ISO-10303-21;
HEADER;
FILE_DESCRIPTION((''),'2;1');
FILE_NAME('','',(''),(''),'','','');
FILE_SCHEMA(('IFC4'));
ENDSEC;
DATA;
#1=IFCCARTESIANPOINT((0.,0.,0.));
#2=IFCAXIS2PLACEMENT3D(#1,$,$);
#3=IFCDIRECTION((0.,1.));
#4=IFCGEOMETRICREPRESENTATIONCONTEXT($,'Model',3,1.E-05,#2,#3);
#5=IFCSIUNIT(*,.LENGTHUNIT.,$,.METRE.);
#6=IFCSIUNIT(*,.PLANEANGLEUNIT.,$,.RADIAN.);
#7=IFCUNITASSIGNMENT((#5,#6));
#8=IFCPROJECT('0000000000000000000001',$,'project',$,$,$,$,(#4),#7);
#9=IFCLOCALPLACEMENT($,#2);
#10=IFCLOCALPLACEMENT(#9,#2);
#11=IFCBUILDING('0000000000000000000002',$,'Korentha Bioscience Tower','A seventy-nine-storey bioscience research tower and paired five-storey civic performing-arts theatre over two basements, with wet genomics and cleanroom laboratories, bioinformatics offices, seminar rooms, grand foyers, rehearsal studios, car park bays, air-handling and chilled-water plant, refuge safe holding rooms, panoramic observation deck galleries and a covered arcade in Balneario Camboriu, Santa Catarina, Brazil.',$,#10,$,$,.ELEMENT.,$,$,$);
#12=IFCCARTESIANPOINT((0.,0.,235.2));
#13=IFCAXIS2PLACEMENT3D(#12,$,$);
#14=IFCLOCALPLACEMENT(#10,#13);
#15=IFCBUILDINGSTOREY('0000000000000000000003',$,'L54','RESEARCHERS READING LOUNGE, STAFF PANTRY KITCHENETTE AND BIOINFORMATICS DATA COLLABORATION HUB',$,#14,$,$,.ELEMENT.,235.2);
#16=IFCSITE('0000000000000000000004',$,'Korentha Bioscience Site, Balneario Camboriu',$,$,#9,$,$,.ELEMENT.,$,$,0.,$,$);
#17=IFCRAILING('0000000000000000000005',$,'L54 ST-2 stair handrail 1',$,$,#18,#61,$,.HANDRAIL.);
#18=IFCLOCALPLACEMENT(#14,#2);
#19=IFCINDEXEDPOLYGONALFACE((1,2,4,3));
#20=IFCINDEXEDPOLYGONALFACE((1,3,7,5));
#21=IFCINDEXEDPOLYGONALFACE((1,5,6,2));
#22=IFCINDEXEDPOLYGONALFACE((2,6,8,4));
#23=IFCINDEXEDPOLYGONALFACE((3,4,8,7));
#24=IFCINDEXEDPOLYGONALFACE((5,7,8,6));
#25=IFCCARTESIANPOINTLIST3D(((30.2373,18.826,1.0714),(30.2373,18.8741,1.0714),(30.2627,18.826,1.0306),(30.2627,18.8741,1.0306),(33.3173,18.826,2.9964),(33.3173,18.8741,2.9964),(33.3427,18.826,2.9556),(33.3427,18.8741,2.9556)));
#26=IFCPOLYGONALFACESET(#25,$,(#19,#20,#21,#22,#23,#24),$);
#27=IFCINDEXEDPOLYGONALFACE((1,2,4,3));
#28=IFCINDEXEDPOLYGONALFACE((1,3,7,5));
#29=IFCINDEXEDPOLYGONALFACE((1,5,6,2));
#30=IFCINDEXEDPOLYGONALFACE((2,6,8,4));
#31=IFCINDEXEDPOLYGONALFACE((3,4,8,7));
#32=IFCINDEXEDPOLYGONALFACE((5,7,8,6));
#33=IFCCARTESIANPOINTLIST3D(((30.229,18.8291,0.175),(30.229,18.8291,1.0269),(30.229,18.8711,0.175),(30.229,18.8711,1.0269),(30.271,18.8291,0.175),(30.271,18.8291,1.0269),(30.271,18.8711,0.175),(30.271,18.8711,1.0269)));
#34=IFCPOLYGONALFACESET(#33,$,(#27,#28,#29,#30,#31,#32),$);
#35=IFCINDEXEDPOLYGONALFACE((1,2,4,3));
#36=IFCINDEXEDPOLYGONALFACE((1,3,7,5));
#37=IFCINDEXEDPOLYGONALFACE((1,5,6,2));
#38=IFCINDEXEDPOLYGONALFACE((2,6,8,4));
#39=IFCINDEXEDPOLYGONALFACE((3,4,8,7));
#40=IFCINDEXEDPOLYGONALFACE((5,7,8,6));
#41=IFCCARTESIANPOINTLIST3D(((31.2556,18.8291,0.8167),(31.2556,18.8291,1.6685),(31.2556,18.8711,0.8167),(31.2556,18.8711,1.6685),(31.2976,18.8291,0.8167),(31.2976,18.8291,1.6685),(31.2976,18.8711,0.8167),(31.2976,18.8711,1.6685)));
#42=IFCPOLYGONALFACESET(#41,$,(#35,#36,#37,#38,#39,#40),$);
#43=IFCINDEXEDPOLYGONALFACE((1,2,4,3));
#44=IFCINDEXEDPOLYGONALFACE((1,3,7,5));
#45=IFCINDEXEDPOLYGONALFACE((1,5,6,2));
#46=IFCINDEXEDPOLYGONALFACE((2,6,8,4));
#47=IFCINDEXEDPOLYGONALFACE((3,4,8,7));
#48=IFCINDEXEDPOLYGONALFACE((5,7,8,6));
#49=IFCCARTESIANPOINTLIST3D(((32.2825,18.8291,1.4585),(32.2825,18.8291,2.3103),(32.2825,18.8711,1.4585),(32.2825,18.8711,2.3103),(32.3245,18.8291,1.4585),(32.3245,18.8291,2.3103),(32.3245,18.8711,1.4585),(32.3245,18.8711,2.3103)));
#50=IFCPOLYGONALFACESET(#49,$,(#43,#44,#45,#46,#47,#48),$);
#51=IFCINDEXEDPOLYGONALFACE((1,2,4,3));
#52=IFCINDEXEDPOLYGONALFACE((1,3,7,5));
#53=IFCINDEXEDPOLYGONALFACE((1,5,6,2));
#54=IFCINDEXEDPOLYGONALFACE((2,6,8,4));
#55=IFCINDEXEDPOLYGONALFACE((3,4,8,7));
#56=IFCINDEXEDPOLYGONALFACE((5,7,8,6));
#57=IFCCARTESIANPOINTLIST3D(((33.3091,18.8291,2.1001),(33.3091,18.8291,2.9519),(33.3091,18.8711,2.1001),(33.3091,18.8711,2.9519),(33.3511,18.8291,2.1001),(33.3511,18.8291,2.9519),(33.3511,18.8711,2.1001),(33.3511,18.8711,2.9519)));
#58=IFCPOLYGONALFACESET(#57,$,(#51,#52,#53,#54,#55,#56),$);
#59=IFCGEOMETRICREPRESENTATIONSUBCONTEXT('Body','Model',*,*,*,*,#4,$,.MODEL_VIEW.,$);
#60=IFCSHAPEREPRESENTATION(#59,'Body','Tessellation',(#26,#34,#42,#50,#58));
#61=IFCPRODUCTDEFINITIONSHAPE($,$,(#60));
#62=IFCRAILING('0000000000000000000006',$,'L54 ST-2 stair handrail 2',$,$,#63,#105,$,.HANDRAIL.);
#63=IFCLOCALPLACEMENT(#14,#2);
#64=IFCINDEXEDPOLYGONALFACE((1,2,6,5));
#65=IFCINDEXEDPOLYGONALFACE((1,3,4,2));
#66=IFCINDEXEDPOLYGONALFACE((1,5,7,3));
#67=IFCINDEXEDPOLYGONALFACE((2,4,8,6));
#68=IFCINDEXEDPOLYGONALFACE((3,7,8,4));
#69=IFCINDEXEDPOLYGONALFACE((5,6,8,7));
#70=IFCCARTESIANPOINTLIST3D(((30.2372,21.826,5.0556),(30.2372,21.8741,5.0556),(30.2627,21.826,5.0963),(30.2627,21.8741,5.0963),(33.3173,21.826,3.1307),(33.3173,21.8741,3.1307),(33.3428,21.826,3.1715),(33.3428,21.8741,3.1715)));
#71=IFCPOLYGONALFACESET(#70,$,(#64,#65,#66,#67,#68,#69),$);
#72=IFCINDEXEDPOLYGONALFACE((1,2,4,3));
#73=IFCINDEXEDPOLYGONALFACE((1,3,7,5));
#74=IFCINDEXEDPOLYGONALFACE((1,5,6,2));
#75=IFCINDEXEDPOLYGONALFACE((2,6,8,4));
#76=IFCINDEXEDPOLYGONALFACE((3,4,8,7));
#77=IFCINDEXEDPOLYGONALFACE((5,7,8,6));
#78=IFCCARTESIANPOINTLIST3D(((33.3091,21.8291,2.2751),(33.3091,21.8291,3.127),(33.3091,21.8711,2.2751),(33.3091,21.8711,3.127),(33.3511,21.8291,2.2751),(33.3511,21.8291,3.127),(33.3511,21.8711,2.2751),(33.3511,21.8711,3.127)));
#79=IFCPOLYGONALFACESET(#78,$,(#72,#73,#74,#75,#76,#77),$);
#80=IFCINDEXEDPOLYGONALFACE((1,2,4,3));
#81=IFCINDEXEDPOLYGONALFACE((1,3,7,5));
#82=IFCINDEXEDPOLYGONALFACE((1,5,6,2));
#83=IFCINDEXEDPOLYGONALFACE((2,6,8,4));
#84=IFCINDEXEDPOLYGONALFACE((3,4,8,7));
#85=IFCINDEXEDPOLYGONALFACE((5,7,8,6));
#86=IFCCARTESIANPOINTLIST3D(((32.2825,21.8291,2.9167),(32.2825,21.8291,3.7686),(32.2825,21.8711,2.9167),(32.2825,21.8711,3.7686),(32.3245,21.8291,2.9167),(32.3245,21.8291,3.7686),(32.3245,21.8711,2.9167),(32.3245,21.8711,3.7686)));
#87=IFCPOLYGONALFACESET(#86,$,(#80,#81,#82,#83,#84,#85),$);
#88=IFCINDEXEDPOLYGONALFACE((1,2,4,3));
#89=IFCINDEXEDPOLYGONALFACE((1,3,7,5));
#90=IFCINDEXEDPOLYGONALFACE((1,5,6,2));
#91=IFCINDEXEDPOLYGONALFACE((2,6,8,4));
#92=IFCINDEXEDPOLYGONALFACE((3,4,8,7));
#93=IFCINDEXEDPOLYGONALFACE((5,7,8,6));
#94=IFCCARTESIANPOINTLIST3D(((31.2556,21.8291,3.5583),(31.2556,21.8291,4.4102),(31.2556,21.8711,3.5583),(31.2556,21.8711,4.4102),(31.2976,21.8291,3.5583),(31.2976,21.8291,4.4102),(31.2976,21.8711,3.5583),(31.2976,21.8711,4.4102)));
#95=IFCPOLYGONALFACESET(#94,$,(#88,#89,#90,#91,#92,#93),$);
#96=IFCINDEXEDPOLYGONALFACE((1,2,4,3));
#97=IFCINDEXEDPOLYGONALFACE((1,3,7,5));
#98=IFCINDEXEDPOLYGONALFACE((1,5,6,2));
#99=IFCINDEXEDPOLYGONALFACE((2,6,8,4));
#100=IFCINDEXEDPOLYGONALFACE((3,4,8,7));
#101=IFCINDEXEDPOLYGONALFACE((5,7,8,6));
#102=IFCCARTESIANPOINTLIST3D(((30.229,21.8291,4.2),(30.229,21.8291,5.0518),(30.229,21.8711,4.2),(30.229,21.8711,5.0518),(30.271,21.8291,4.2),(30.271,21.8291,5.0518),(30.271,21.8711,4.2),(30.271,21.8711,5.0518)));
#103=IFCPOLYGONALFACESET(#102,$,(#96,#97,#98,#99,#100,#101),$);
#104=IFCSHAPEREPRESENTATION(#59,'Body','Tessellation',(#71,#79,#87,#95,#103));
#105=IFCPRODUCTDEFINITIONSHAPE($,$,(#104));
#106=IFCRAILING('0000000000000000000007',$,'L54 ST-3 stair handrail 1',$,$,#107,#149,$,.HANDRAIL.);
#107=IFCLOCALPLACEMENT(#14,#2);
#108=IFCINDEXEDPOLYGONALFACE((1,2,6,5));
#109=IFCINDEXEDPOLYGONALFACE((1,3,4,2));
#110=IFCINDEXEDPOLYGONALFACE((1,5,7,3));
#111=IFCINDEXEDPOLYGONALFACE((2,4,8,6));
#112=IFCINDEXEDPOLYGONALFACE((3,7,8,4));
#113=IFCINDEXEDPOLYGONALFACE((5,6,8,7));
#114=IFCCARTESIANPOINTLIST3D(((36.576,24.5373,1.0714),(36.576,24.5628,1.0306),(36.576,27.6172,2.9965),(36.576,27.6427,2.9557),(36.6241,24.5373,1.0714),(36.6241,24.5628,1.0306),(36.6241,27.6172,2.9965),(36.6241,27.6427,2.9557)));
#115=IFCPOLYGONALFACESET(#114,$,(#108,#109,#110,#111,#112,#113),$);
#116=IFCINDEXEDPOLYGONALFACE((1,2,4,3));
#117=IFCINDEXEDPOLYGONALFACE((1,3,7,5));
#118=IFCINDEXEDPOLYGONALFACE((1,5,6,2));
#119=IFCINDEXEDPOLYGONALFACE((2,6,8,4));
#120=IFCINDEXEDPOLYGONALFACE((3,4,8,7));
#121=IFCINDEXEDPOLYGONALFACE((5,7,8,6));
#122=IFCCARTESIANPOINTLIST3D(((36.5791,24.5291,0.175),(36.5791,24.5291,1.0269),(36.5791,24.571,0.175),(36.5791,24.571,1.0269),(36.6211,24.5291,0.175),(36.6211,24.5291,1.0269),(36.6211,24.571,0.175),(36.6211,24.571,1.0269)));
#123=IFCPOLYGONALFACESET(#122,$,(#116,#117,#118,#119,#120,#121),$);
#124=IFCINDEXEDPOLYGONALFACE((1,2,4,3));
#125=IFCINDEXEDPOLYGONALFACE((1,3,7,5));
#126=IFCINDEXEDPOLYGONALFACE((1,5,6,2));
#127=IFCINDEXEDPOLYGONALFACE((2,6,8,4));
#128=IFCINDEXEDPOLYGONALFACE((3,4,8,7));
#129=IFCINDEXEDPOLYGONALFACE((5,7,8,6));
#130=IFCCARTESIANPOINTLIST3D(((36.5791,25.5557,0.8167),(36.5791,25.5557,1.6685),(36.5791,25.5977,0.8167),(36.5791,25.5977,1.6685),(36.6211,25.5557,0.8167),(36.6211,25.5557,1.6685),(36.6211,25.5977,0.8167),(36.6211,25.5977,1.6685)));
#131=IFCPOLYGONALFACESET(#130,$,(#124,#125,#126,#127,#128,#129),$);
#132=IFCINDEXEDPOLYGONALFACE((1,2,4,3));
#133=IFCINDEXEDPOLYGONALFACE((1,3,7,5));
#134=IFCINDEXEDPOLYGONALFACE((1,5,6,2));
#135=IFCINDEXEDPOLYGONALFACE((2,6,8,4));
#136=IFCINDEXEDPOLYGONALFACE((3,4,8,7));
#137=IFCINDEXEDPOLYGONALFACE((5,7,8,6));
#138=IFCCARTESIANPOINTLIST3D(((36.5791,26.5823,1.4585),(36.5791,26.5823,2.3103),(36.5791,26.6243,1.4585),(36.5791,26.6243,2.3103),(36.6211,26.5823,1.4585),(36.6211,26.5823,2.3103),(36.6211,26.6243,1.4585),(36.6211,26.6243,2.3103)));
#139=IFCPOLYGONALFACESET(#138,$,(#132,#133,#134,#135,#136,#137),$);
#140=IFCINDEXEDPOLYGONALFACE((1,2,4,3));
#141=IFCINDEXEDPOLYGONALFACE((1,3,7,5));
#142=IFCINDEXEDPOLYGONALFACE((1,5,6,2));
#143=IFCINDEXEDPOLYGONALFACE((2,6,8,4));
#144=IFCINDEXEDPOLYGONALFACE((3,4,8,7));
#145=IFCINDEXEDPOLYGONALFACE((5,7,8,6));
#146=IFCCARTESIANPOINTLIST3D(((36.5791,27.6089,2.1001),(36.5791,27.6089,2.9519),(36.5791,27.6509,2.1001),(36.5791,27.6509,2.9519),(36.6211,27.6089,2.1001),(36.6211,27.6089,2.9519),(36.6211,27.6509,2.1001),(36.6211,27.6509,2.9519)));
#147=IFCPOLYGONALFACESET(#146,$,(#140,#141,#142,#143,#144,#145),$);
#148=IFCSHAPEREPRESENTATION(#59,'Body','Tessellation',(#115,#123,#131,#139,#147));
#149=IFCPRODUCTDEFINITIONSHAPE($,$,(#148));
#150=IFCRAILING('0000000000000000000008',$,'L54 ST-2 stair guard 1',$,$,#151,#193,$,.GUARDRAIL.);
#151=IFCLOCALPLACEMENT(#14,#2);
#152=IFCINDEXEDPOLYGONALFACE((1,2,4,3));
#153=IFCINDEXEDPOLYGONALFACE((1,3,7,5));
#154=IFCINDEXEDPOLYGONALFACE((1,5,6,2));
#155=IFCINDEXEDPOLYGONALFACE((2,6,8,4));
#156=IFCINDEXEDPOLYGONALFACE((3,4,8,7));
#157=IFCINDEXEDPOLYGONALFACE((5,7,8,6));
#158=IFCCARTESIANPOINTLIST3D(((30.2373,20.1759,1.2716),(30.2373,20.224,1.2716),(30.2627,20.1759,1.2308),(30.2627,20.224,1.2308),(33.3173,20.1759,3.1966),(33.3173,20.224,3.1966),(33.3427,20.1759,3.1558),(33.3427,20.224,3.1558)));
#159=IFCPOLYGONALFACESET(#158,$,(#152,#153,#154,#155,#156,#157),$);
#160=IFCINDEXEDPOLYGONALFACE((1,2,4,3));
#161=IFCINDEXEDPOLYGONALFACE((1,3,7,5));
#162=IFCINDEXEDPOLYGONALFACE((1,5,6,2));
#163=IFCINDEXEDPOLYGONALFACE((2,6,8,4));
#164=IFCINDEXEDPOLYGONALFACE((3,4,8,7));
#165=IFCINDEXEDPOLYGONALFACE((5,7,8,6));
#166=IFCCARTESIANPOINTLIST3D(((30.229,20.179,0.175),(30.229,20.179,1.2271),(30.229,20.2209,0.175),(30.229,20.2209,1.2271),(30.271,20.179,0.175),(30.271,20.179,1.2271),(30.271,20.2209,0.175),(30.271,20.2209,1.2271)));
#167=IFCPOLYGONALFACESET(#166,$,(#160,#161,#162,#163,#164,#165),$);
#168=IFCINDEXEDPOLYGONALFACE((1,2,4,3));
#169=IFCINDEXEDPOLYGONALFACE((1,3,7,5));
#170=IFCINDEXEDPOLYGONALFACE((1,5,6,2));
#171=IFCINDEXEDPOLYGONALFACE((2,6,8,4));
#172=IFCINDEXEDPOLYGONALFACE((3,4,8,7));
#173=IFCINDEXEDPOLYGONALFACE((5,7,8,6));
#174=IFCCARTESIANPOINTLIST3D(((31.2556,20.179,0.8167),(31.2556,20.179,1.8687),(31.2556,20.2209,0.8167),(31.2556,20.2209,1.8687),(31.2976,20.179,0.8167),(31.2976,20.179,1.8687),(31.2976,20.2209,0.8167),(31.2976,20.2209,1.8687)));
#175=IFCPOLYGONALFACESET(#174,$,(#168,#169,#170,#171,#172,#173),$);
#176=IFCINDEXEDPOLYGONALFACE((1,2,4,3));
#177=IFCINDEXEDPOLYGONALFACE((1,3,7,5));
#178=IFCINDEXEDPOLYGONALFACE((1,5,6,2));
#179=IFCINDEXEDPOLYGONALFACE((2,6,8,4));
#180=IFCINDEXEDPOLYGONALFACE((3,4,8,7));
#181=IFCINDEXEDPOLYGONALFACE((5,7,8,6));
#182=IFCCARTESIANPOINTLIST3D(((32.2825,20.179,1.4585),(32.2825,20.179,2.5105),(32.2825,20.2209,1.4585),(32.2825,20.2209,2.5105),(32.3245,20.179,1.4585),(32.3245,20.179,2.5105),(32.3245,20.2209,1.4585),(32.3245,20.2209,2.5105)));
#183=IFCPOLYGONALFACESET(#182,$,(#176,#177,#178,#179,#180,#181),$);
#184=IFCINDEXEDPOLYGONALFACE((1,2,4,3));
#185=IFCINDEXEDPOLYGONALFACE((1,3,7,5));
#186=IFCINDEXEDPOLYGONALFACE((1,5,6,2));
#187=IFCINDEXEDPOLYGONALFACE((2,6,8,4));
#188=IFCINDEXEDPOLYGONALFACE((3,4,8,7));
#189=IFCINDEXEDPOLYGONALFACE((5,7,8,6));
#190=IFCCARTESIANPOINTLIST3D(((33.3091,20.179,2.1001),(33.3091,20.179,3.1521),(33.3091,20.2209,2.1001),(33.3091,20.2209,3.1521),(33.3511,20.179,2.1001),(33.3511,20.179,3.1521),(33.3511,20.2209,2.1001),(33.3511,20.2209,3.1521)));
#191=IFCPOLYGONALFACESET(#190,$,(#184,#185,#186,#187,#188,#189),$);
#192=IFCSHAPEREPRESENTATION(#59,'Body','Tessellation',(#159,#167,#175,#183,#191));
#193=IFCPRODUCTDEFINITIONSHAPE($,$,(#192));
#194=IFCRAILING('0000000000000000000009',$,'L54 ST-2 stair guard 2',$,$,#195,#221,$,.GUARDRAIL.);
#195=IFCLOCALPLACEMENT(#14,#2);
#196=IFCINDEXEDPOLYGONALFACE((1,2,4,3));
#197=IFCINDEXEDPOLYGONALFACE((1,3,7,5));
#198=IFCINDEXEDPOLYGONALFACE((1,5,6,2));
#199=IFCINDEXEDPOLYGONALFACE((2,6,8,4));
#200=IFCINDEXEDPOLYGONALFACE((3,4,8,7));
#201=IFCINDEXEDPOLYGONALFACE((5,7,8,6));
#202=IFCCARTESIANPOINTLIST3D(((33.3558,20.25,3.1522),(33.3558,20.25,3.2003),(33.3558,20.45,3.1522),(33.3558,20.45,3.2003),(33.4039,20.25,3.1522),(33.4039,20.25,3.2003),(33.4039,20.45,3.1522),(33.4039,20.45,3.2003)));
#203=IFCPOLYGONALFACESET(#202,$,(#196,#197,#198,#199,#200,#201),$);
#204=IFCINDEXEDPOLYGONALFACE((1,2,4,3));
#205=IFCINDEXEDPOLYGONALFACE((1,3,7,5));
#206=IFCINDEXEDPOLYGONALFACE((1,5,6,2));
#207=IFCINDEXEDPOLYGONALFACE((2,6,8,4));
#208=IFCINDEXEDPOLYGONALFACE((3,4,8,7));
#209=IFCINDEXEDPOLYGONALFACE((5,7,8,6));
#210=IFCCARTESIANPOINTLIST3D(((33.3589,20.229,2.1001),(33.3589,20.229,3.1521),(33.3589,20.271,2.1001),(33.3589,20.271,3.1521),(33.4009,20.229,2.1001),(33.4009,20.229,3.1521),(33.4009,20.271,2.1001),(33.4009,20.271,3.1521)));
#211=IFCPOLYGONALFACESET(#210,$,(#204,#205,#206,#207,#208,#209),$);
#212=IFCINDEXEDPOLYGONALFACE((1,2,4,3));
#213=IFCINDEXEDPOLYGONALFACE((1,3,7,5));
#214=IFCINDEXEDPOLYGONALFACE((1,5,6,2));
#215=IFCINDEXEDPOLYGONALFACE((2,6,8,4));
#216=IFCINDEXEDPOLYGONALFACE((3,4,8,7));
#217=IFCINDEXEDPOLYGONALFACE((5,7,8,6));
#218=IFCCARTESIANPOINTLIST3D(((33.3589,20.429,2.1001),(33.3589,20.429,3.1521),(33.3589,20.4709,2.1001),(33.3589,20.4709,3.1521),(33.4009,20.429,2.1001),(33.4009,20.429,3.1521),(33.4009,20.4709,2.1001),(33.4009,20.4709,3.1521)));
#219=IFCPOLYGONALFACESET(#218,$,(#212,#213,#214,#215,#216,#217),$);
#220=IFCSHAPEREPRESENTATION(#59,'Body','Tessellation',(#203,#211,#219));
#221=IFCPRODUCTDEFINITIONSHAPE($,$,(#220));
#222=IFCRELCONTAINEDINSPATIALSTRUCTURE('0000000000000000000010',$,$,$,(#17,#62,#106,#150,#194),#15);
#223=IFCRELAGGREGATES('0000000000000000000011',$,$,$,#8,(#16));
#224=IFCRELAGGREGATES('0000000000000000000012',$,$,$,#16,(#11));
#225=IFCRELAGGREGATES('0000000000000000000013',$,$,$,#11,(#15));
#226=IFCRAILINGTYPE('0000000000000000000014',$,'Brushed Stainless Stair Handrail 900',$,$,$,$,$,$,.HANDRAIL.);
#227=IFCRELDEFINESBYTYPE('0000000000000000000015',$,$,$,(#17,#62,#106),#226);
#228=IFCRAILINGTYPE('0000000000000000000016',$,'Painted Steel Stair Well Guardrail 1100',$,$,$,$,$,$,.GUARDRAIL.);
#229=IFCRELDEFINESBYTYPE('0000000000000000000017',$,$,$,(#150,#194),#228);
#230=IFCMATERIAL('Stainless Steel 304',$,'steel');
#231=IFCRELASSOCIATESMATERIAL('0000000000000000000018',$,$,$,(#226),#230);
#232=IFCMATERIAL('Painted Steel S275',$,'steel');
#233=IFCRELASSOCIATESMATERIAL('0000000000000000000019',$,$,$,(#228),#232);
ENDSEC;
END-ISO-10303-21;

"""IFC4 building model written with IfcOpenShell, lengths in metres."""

from ifc_helpers import new_model, si_unit, direction, frame, origin, origin_2d, place, context, subcontext, project, spatial, rectangle, extrude, material, type_object, element, save


model = new_model("IFC4")

# Units and contexts
model_context = context("Model", 3, precision=1e-05, world=origin(), true_north=direction((0.0, 1.0)))
body_context = subcontext(model_context, "Body", "Model", "MODEL_VIEW")
ifc_project = project(units=[si_unit("LENGTHUNIT", "METRE"), si_unit("PLANEANGLEUNIT", "RADIAN")], contexts=[model_context])

# Site, building, storey
site_placement = place(None, origin())
site = spatial("IfcSite", under=ifc_project, at=site_placement, Name="Korentha Bioscience Site, Balneario Camboriu", CompositionType="ELEMENT", RefElevation=0.0)
building_placement = place(site_placement, origin())
building = spatial("IfcBuilding", under=site, at=building_placement, Name="Korentha Bioscience Tower", Description="A seventy-nine-storey bioscience research tower and paired five-storey civic performing-arts theatre over two basements, with wet genomics and cleanroom laboratories, bioinformatics offices, seminar rooms, grand foyers, rehearsal studios, car park bays, air-handling and chilled-water plant, refuge safe holding rooms, panoramic observation deck galleries and a covered arcade in Balneario Camboriu, Santa Catarina, Brazil.", CompositionType="ELEMENT")
storey_placement = place(building_placement, frame((0.0, 0.0, 235.2)))
storey = spatial("IfcBuildingStorey", under=building, at=storey_placement, Name="L54", Description="RESEARCHERS READING LOUNGE, STAFF PANTRY KITCHENETTE AND BIOINFORMATICS DATA COLLABORATION HUB", CompositionType="ELEMENT", Elevation=235.2)

# Railings
ifc_material_1 = material(Name="Stainless Steel 304", Category="steel")
railing_type_1 = type_object("IfcRailingType", Name="Brushed Stainless Stair Handrail 900", PredefinedType="HANDRAIL", material=ifc_material_1)
railing_1_placement = place(storey_placement, frame((30.25, 18.8501, 0.175)))
element("IfcRailing", 1, at=railing_1_placement, inside=storey, type_object=railing_type_1, Name="L54 ST-2 stair handrail 1", PredefinedType="HANDRAIL", context=body_context, shape_type="SweptSolid", body=[
    extrude(rectangle(XDim=0.0481, YDim=0.0481, at=origin_2d()), frame((0.0, 0.0, 0.876), z_axis=(0.847998, 0.0, 0.529999), x_axis=(0.0, 1.0, 0.0)), (0.0, 0.0, 1.0), 3.6321),
    extrude(rectangle(XDim=0.042, YDim=0.042, at=origin_2d()), origin(), (0.0, 0.0, 1.0), 0.8518),
    extrude(rectangle(XDim=0.042, YDim=0.042, at=origin_2d()), frame((1.0266, 0.0, 0.6416)), (0.0, 0.0, 1.0), 0.8518),
    extrude(rectangle(XDim=0.042, YDim=0.042, at=origin_2d()), frame((2.0535, 0.0, 1.2834)), (0.0, 0.0, 1.0), 0.8518),
    extrude(rectangle(XDim=0.042, YDim=0.042, at=origin_2d()), frame((3.0801, 0.0, 1.925)), (0.0, 0.0, 1.0), 0.8518),
])
railing_2_placement = place(storey_placement, frame((33.3301, 21.8501, 2.2751)))
element("IfcRailing", 2, at=railing_2_placement, inside=storey, type_object=railing_type_1, Name="L54 ST-2 stair handrail 2", PredefinedType="HANDRAIL", context=body_context, shape_type="SweptSolid", body=[
    extrude(rectangle(XDim=0.0481, YDim=0.0481, at=origin_2d()), frame((0.0, 0.0, 0.876), z_axis=(-0.848029, 0.0, 0.529951), x_axis=(0.0, -1.0, 0.0)), (0.0, 0.0, 1.0), 3.6321),
    extrude(rectangle(XDim=0.042, YDim=0.042, at=origin_2d()), origin(), (0.0, 0.0, 1.0), 0.8518),
    extrude(rectangle(XDim=0.042, YDim=0.042, at=origin_2d()), frame((-1.0266, 0.0, 0.6416)), (0.0, 0.0, 1.0), 0.8518),
    extrude(rectangle(XDim=0.042, YDim=0.042, at=origin_2d()), frame((-2.0535, 0.0, 1.2832)), (0.0, 0.0, 1.0), 0.8518),
    extrude(rectangle(XDim=0.042, YDim=0.042, at=origin_2d()), frame((-3.0801, 0.0, 1.9248)), (0.0, 0.0, 1.0), 0.8518),
])
railing_3_placement = place(storey_placement, frame((36.6001, 24.55, 0.175)))
element("IfcRailing", 3, at=railing_3_placement, inside=storey, type_object=railing_type_1, Name="L54 ST-3 stair handrail 1", PredefinedType="HANDRAIL", context=body_context, shape_type="SweptSolid", body=[
    extrude(rectangle(XDim=0.0481, YDim=0.0481, at=origin_2d()), frame((0.0, 0.0, 0.876), z_axis=(0.0, 0.847979, 0.530029), x_axis=(-1.0, 0.0, 0.0)), (0.0, 0.0, 1.0), 3.6321),
    extrude(rectangle(XDim=0.042, YDim=0.042, at=origin_2d()), origin(), (0.0, 0.0, 1.0), 0.8518),
    extrude(rectangle(XDim=0.042, YDim=0.042, at=origin_2d()), frame((0.0, 1.0266, 0.6416)), (0.0, 0.0, 1.0), 0.8518),
    extrude(rectangle(XDim=0.042, YDim=0.042, at=origin_2d()), frame((0.0, 2.0532, 1.2834)), (0.0, 0.0, 1.0), 0.8518),
    extrude(rectangle(XDim=0.042, YDim=0.042, at=origin_2d()), frame((0.0, 3.0798, 1.925)), (0.0, 0.0, 1.0), 0.8518),
])
ifc_material_2 = material(Name="Painted Steel S275", Category="steel")
railing_type_2 = type_object("IfcRailingType", Name="Painted Steel Stair Well Guardrail 1100", PredefinedType="GUARDRAIL", material=ifc_material_2)
railing_4_placement = place(storey_placement, frame((30.25, 20.2, 0.175)))
element("IfcRailing", 4, at=railing_4_placement, inside=storey, type_object=railing_type_2, Name="L54 ST-2 stair guard 1", PredefinedType="GUARDRAIL", context=body_context, shape_type="SweptSolid", body=[
    extrude(rectangle(XDim=0.0481, YDim=0.0481, at=origin_2d()), frame((0.0, 0.0, 1.0762), z_axis=(0.847998, 0.0, 0.529999), x_axis=(0.0, 1.0, 0.0)), (0.0, 0.0, 1.0), 3.6321),
    extrude(rectangle(XDim=0.042, YDim=0.042, at=origin_2d()), origin(), (0.0, 0.0, 1.0), 1.052),
    extrude(rectangle(XDim=0.042, YDim=0.042, at=origin_2d()), frame((1.0266, 0.0, 0.6416)), (0.0, 0.0, 1.0), 1.052),
    extrude(rectangle(XDim=0.042, YDim=0.042, at=origin_2d()), frame((2.0535, 0.0, 1.2834)), (0.0, 0.0, 1.0), 1.052),
    extrude(rectangle(XDim=0.042, YDim=0.042, at=origin_2d()), frame((3.0801, 0.0, 1.925)), (0.0, 0.0, 1.0), 1.052),
])
railing_5_placement = place(storey_placement, frame((33.3799, 20.25, 2.1001)))
element("IfcRailing", 5, at=railing_5_placement, inside=storey, type_object=railing_type_2, Name="L54 ST-2 stair guard 2", PredefinedType="GUARDRAIL", context=body_context, shape_type="SweptSolid", body=[
    extrude(rectangle(XDim=0.0481, YDim=0.0481, at=origin_2d()), frame((0.0, 0.0, 1.0762), z_axis=(0.0, 1.0, 0.0), x_axis=(-1.0, 0.0, 0.0)), (0.0, 0.0, 1.0), 0.2),
    extrude(rectangle(XDim=0.042, YDim=0.042, at=origin_2d()), origin(), (0.0, 0.0, 1.0), 1.052),
    extrude(rectangle(XDim=0.042, YDim=0.042, at=origin_2d()), frame((0.0, 0.2, 0.0)), (0.0, 0.0, 1.0), 1.052),
])

save(model, "model.ifc")
